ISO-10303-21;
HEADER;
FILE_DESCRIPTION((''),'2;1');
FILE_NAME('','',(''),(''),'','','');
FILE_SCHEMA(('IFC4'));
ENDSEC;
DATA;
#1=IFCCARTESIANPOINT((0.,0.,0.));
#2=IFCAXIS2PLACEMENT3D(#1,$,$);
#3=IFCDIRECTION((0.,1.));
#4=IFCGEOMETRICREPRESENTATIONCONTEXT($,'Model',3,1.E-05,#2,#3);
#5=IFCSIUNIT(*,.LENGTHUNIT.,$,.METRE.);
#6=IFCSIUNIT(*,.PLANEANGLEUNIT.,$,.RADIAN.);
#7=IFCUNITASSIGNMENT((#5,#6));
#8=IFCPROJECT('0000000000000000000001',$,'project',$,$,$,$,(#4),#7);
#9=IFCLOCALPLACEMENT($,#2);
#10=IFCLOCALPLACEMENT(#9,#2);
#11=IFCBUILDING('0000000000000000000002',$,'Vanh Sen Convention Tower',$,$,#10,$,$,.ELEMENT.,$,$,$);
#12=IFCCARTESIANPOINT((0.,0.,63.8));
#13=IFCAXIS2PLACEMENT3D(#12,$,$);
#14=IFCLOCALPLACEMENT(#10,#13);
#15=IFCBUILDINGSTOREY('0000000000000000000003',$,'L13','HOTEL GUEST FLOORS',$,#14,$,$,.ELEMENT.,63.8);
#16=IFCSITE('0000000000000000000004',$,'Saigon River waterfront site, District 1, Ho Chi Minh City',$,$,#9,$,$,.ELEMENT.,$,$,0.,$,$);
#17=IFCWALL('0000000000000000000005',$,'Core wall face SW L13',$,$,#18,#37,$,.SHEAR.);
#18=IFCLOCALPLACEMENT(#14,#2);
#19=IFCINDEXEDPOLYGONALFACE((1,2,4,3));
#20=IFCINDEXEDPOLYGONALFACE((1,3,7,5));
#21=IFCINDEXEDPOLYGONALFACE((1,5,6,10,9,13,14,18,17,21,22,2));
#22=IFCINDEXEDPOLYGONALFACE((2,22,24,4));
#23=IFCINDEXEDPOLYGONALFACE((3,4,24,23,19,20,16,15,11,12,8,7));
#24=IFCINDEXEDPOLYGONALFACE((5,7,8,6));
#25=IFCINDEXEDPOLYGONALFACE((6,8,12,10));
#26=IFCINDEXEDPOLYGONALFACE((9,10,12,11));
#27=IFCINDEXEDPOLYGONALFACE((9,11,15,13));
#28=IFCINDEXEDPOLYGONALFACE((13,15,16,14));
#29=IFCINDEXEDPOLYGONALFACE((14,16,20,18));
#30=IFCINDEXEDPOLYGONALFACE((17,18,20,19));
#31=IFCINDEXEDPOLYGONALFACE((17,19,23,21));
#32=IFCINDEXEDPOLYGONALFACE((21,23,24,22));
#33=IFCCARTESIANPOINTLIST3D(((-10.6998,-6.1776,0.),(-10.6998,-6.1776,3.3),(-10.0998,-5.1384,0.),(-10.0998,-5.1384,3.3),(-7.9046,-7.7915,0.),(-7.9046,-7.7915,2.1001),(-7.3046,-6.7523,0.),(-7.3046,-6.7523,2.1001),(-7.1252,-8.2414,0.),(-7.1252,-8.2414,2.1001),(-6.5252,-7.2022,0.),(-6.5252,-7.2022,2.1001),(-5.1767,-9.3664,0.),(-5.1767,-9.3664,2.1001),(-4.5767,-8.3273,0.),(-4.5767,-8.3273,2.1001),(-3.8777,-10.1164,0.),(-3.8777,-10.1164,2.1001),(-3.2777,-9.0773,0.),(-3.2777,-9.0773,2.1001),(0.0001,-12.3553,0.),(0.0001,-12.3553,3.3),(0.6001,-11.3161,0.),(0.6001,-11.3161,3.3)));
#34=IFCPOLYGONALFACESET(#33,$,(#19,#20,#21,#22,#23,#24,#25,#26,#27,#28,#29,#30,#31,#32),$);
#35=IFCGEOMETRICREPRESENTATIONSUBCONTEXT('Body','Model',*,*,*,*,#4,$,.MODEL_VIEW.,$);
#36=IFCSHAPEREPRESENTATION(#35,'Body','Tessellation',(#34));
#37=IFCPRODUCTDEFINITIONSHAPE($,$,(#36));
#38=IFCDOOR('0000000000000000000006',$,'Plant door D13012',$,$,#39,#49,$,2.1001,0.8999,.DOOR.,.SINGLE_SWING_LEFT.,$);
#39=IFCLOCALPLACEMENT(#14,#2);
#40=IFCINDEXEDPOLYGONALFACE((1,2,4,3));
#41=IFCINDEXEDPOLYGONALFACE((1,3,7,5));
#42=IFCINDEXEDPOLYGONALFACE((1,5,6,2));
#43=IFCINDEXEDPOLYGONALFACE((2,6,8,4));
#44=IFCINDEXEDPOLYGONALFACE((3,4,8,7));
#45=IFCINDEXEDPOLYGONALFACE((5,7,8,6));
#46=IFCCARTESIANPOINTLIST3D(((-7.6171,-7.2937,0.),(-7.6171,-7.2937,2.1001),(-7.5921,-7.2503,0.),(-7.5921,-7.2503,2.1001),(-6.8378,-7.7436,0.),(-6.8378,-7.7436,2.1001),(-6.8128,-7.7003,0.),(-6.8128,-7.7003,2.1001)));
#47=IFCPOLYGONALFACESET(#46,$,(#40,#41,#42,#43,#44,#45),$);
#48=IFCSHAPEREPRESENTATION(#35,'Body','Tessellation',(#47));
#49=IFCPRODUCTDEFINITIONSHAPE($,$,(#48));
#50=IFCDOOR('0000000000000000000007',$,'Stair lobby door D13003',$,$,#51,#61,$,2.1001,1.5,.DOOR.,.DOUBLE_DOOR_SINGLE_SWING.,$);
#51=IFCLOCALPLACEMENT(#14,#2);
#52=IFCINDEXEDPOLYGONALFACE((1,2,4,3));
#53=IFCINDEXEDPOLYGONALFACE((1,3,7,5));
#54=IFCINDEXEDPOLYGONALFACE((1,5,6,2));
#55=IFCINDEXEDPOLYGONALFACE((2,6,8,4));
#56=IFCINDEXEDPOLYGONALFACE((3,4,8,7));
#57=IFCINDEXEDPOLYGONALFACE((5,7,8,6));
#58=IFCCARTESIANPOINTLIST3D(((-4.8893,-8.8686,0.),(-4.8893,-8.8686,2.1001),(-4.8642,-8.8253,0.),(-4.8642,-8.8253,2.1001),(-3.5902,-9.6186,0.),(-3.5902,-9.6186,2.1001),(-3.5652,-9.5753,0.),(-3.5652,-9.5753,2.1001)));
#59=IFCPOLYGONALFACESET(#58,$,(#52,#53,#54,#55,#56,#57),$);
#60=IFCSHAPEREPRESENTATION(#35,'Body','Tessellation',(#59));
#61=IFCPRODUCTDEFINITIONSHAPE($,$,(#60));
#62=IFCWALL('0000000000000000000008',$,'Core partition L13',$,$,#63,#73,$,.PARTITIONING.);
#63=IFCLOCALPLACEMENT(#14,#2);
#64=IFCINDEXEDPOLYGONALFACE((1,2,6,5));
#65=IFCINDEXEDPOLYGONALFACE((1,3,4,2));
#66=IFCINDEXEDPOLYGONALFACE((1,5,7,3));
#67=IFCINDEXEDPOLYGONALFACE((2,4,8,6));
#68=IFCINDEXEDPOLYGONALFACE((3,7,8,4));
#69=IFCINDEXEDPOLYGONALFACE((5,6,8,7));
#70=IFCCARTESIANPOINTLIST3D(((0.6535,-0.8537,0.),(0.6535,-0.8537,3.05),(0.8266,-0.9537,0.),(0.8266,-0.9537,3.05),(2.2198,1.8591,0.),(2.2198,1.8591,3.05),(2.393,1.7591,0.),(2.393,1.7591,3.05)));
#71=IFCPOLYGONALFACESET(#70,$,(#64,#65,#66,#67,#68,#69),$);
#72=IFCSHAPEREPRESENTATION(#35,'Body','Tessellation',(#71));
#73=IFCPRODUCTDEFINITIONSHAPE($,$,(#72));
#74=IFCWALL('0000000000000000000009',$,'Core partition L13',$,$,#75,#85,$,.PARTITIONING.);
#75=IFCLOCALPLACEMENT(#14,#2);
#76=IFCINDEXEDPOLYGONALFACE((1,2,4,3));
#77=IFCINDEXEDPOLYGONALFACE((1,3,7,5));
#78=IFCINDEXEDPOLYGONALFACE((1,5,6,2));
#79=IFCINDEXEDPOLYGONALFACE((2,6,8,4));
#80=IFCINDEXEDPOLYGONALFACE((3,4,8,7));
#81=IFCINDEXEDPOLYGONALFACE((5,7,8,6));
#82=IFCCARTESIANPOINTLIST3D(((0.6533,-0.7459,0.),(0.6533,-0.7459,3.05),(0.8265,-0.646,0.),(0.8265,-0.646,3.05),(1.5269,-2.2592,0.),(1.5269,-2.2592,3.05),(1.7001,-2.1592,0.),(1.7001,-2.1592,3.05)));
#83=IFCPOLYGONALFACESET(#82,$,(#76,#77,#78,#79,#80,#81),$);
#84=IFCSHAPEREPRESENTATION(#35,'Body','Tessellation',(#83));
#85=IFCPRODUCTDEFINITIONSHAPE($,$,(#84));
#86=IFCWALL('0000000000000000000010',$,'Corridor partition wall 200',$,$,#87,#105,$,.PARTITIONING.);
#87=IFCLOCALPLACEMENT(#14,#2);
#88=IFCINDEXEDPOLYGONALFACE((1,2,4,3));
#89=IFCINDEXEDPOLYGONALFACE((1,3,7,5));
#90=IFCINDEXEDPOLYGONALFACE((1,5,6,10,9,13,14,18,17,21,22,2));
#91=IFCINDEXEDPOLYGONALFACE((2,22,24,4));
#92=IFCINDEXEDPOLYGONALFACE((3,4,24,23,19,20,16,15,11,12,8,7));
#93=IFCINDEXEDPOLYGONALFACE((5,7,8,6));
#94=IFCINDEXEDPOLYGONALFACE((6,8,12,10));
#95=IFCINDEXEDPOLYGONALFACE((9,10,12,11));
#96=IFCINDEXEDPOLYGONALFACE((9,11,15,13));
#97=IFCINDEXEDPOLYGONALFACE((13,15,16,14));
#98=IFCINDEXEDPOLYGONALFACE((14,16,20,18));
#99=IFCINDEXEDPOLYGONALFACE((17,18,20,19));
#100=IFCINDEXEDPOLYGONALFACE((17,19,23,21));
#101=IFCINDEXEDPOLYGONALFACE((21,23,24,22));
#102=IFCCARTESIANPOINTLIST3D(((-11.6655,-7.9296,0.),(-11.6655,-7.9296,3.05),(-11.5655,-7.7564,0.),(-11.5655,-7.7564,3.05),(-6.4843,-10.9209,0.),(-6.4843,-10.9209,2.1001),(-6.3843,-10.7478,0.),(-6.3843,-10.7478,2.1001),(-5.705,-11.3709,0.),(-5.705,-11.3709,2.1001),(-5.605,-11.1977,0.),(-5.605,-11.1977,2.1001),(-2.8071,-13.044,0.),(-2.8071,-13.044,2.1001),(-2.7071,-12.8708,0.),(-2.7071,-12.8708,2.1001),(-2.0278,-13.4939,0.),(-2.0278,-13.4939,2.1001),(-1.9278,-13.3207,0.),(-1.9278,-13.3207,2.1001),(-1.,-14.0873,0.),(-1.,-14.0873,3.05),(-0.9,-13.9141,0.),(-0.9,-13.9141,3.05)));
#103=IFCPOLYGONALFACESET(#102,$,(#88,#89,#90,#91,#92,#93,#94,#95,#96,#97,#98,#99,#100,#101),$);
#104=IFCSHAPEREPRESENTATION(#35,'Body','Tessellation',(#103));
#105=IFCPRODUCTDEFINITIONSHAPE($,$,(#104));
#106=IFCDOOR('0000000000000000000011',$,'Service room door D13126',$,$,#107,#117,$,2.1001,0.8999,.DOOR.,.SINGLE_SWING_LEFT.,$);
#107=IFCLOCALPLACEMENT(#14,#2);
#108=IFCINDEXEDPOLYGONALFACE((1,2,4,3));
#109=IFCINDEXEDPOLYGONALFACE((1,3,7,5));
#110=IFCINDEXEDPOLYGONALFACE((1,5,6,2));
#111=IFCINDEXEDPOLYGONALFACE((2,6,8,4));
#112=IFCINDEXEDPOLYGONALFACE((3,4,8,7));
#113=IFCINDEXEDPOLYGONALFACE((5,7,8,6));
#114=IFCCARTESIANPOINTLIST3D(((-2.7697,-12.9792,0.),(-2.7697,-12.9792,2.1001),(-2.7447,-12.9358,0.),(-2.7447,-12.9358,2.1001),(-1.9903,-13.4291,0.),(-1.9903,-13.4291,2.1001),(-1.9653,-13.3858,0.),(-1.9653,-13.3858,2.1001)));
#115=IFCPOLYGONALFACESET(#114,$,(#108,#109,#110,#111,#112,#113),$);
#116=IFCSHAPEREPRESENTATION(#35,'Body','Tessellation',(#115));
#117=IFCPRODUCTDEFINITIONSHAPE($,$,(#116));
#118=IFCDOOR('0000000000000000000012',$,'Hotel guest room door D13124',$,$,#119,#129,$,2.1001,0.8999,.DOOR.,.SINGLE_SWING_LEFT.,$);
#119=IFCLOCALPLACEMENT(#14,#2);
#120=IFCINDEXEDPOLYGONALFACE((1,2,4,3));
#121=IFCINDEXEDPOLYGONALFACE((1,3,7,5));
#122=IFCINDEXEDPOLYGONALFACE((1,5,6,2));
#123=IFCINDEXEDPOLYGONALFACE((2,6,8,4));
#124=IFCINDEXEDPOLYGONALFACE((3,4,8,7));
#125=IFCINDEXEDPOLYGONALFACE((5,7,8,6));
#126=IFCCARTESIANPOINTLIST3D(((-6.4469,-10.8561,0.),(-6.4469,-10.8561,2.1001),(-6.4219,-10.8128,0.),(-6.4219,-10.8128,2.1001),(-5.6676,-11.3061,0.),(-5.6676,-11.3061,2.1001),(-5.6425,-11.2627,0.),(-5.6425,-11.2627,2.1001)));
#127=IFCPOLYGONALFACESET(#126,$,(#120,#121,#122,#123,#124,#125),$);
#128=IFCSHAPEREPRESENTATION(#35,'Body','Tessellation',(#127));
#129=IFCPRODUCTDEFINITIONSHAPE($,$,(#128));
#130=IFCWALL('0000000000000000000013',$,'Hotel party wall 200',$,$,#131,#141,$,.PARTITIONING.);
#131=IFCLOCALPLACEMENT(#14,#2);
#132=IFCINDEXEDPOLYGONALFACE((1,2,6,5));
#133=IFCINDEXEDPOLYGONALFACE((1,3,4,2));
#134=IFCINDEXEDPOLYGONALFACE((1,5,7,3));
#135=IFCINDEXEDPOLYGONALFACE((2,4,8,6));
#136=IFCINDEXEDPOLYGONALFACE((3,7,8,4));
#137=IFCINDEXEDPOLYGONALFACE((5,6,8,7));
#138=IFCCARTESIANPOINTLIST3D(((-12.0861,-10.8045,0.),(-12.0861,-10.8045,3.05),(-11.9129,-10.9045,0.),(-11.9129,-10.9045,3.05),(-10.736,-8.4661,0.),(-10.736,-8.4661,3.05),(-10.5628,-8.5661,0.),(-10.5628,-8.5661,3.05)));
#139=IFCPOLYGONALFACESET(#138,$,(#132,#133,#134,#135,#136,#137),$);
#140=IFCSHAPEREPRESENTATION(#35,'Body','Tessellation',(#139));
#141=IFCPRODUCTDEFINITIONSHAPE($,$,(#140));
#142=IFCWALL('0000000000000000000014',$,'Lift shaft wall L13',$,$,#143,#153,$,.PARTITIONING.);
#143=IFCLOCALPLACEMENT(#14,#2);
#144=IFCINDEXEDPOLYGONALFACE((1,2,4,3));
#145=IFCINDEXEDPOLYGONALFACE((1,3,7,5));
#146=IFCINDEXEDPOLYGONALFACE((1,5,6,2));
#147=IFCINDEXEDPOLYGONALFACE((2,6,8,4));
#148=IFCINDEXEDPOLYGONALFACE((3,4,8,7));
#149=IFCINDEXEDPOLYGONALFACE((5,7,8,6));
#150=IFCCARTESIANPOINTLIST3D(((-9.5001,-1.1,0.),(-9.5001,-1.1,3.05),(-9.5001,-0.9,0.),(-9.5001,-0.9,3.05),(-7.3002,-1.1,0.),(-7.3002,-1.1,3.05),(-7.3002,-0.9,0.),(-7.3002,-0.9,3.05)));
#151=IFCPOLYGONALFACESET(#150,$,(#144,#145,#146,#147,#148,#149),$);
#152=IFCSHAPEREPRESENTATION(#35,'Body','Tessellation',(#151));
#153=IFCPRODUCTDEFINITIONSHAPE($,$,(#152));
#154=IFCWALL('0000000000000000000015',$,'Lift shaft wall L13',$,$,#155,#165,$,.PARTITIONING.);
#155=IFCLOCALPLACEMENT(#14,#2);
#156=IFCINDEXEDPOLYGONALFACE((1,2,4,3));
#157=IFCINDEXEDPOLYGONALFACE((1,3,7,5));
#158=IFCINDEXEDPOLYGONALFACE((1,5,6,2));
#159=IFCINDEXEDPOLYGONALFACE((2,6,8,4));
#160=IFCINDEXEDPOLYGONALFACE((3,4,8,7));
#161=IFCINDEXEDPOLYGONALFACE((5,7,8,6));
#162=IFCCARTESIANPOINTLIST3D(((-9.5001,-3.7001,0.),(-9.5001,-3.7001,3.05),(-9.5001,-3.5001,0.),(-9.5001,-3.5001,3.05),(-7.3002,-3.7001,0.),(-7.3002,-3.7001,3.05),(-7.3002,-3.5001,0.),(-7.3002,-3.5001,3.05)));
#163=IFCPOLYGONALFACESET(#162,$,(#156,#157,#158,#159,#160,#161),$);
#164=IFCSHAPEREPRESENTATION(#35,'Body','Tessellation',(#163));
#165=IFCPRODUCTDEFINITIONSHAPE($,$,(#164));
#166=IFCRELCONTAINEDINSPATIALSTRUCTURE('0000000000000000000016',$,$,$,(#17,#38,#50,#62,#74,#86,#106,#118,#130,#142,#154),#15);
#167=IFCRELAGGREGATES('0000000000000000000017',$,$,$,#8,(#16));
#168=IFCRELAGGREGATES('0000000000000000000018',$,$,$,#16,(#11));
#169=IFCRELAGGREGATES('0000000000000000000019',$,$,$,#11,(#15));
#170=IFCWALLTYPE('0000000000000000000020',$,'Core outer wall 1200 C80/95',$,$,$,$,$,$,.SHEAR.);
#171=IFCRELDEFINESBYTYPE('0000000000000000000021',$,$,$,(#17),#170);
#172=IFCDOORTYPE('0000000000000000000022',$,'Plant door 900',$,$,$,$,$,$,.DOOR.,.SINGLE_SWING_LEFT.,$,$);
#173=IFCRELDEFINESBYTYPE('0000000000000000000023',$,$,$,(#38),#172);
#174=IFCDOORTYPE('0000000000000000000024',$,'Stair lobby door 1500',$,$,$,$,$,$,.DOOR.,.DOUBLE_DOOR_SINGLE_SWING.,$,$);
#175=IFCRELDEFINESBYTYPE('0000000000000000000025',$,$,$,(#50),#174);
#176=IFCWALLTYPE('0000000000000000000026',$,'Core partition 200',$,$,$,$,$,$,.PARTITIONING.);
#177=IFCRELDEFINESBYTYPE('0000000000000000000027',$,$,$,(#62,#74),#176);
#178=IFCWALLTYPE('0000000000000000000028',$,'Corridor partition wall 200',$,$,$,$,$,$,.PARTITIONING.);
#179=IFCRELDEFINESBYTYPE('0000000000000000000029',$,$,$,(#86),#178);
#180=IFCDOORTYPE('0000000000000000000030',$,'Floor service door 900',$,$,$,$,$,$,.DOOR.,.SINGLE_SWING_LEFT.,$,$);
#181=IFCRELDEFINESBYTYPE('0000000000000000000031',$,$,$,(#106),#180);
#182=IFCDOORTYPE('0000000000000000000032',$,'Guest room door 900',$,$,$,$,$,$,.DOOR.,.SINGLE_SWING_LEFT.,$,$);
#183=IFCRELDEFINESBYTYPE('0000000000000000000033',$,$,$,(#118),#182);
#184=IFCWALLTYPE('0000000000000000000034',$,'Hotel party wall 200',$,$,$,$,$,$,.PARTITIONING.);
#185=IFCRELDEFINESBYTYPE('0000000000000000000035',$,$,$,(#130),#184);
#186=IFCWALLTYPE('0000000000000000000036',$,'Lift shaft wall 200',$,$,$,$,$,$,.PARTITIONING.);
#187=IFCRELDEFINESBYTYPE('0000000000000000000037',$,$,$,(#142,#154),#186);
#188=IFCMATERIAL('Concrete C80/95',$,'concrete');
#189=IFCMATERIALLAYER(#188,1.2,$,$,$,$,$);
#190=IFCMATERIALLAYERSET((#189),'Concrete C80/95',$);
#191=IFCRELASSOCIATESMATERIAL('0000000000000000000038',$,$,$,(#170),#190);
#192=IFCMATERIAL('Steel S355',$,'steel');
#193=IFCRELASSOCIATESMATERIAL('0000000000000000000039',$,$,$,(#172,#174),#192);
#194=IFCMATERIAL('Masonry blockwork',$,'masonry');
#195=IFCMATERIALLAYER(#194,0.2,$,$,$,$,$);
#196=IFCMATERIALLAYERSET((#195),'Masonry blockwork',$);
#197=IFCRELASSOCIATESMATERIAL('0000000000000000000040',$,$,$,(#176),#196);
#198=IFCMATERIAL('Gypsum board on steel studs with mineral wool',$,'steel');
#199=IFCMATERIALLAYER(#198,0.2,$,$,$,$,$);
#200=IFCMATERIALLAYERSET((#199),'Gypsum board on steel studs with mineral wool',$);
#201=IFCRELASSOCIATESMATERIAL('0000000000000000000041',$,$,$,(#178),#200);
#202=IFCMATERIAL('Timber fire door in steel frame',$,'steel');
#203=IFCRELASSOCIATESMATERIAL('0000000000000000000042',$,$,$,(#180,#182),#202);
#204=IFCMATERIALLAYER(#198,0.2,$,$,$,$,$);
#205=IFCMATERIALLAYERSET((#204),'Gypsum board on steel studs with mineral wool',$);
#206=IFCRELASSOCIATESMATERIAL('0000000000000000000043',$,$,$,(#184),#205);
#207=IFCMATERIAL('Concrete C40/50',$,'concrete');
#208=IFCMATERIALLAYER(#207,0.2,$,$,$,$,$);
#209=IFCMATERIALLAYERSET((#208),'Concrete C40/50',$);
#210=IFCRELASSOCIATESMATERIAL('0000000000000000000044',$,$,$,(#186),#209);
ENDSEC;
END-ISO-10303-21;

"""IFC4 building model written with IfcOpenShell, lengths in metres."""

from ifc_helpers import new_model, si_unit, direction, frame, frame_2d, origin, place, context, subcontext, project, spatial, rectangle, extrude, material, layer, layer_set, type_object, element, fill, save


model = new_model("IFC4")

# Units and contexts
model_context = context("Model", 3, precision=1e-05, world=origin(), true_north=direction((0.0, 1.0)))
body_context = subcontext(model_context, "Body", "Model", "MODEL_VIEW")
ifc_project = project(units=[si_unit("LENGTHUNIT", "METRE"), si_unit("PLANEANGLEUNIT", "RADIAN")], contexts=[model_context])

# Site, building, storey
site_placement = place(None, origin())
site = spatial("IfcSite", under=ifc_project, at=site_placement, Name="Saigon River waterfront site, District 1, Ho Chi Minh City", CompositionType="ELEMENT", RefElevation=0.0)
building_placement = place(site_placement, origin())
building = spatial("IfcBuilding", under=site, at=building_placement, Name="Vanh Sen Convention Tower", CompositionType="ELEMENT")
storey_placement = place(building_placement, frame((0.0, 0.0, 63.8)))
storey = spatial("IfcBuildingStorey", under=building, at=storey_placement, Name="L13", Description="HOTEL GUEST FLOORS", CompositionType="ELEMENT", Elevation=63.8)

# Shared definitions
ifc_material_1 = material(Name="Concrete C40/50", Category="concrete")

# Wall, openings, doors
ifc_material_2 = material(Name="Concrete C80/95", Category="concrete")
ifc_layer_1 = layer(ifc_material_2, 1.2)
ifc_layer_set_1 = layer_set([ifc_layer_1], Name="Concrete C80/95")
wall_type_1 = type_object("IfcWallType", Name="Core outer wall 1200 C80/95", PredefinedType="SHEAR", material=ifc_layer_set_1)
wall_1_placement = place(storey_placement, frame((-10.3999, -5.658, 0.0), z_axis=(0.0, 0.0, 1.0), x_axis=(0.866021, -0.500007, 0.0)))
wall_1 = element("IfcWall", 1, at=wall_1_placement, inside=storey, type_object=wall_type_1, Name="Core wall face SW L13", PredefinedType="SHEAR", context=body_context, shape_type="SweptSolid", body=[
    extrude(rectangle(XDim=12.3552, YDim=1.2, at=frame_2d((6.1777, 0.0))), origin(), (0.0, 0.0, 1.0), 3.3),
])
opening_1_placement = place(wall_1_placement, frame((6.3777, 0.0, 0.0)))
opening_1 = element("IfcOpeningElement", 2, at=opening_1_placement, cuts=wall_1, PredefinedType="OPENING", context=body_context, shape_type="SweptSolid", body=[
    extrude(rectangle(XDim=1.5, YDim=2.1001, at=frame_2d((0.75, 1.05))), frame((0.0, 0.6099, 0.0), z_axis=(0.0, -1.0, 0.0), x_axis=(1.0, 0.0, 0.0)), (0.0, 0.0, 1.0), 1.22),
])
opening_2_placement = place(wall_1_placement, frame((3.2278, 0.0, 0.0)))
opening_2 = element("IfcOpeningElement", 3, at=opening_2_placement, cuts=wall_1, PredefinedType="OPENING", context=body_context, shape_type="SweptSolid", body=[
    extrude(rectangle(XDim=0.8999, YDim=2.1001, at=frame_2d((0.45, 1.05))), frame((0.0, 0.6099, 0.0), z_axis=(0.0, -1.0, 0.0), x_axis=(1.0, 0.0, 0.0)), (0.0, 0.0, 1.0), 1.22),
])
ifc_material_3 = material(Name="Steel S355", Category="steel")
door_type_1 = type_object("IfcDoorType", Name="Plant door 900", OperationType="SINGLE_SWING_LEFT", PredefinedType="DOOR", material=ifc_material_3)
door_1_placement = place(opening_2_placement, origin())
door_1 = element("IfcDoor", 4, at=door_1_placement, inside=storey, type_object=door_type_1, Name="Plant door D13012", OperationType="SINGLE_SWING_LEFT", OverallHeight=2.1001, OverallWidth=0.8999, PredefinedType="DOOR", context=body_context, shape_type="SweptSolid", body=[
    extrude(rectangle(XDim=0.8999, YDim=2.1001, at=frame_2d((0.45, 1.05))), frame((0.0, 0.0249, 0.0), z_axis=(0.0, -1.0, 0.0), x_axis=(1.0, 0.0, 0.0)), (0.0, 0.0, 1.0), 0.05),
])
fill(opening_2, door_1)
door_type_2 = type_object("IfcDoorType", Name="Stair lobby door 1500", OperationType="DOUBLE_DOOR_SINGLE_SWING", PredefinedType="DOOR", material=ifc_material_3)
door_2_placement = place(opening_1_placement, origin())
door_2 = element("IfcDoor", 5, at=door_2_placement, inside=storey, type_object=door_type_2, Name="Stair lobby door D13003", OperationType="DOUBLE_DOOR_SINGLE_SWING", OverallHeight=2.1001, OverallWidth=1.5, PredefinedType="DOOR", context=body_context, shape_type="SweptSolid", body=[
    extrude(rectangle(XDim=1.5, YDim=2.1001, at=frame_2d((0.75, 1.05))), frame((0.0, 0.0249, 0.0), z_axis=(0.0, -1.0, 0.0), x_axis=(1.0, 0.0, 0.0)), (0.0, 0.0, 1.0), 0.05),
])
fill(opening_1, door_2)

# Walls
ifc_material_4 = material(Name="Masonry blockwork", Category="masonry")
ifc_layer_2 = layer(ifc_material_4, 0.2)
ifc_layer_set_2 = layer_set([ifc_layer_2], Name="Masonry blockwork")
wall_type_2 = type_object("IfcWallType", Name="Core partition 200", PredefinedType="PARTITIONING", material=ifc_layer_set_2)
wall_2_placement = place(storey_placement, frame((0.74, -0.9038, 0.0), z_axis=(0.0, 0.0, 1.0), x_axis=(0.500028, 0.866009, 0.0)))
element("IfcWall", 6, at=wall_2_placement, inside=storey, type_object=wall_type_2, Name="Core partition L13", PredefinedType="PARTITIONING", context=body_context, shape_type="SweptSolid", body=[
    extrude(rectangle(XDim=3.1326, YDim=0.2, at=frame_2d((1.5664, 0.0))), origin(), (0.0, 0.0, 1.0), 3.05),
])
wall_3_placement = place(storey_placement, frame((0.74, -0.696, 0.0), z_axis=(0.0, 0.0, 1.0), x_axis=(0.499956, -0.866051, 0.0)))
element("IfcWall", 7, at=wall_3_placement, inside=storey, type_object=wall_type_2, Name="Core partition L13", PredefinedType="PARTITIONING", context=body_context, shape_type="SweptSolid", body=[
    extrude(rectangle(XDim=1.7473, YDim=0.2, at=frame_2d((0.8735, 0.0))), origin(), (0.0, 0.0, 1.0), 3.05),
])

# Wall, openings, doors
ifc_material_5 = material(Name="Gypsum board on steel studs with mineral wool", Category="steel")
ifc_layer_3 = layer(ifc_material_5, 0.2)
ifc_layer_set_3 = layer_set([ifc_layer_3], Name="Gypsum board on steel studs with mineral wool")
wall_type_3 = type_object("IfcWallType", Name="Corridor partition wall 200", PredefinedType="PARTITIONING", material=ifc_layer_set_3)
wall_4_placement = place(storey_placement, frame((-11.6155, -7.843, 0.0), z_axis=(0.0, 0.0, 1.0), x_axis=(0.866026, -0.499998, 0.0)))
wall_4 = element("IfcWall", 8, at=wall_4_placement, inside=storey, type_object=wall_type_3, Name="Corridor partition wall 200", PredefinedType="PARTITIONING", context=body_context, shape_type="SweptSolid", body=[
    extrude(rectangle(XDim=12.3154, YDim=0.2, at=frame_2d((6.1577, 0.0))), origin(), (0.0, 0.0, 1.0), 3.05),
])
opening_3_placement = place(wall_4_placement, frame((5.9827, 0.0, 0.0)))
opening_3 = element("IfcOpeningElement", 9, at=opening_3_placement, cuts=wall_4, PredefinedType="OPENING", context=body_context, shape_type="SweptSolid", body=[
    extrude(rectangle(XDim=0.8999, YDim=2.1001, at=frame_2d((0.45, 1.05))), frame((0.0, 0.1099, 0.0), z_axis=(0.0, -1.0, 0.0), x_axis=(1.0, 0.0, 0.0)), (0.0, 0.0, 1.0), 0.22),
])
opening_4_placement = place(wall_4_placement, frame((10.2288, 0.0, 0.0)))
opening_4 = element("IfcOpeningElement", 10, at=opening_4_placement, cuts=wall_4, PredefinedType="OPENING", context=body_context, shape_type="SweptSolid", body=[
    extrude(rectangle(XDim=0.8999, YDim=2.1001, at=frame_2d((0.45, 1.05))), frame((0.0, 0.1099, 0.0), z_axis=(0.0, -1.0, 0.0), x_axis=(1.0, 0.0, 0.0)), (0.0, 0.0, 1.0), 0.22),
])
ifc_material_6 = material(Name="Timber fire door in steel frame", Category="steel")
door_type_3 = type_object("IfcDoorType", Name="Floor service door 900", OperationType="SINGLE_SWING_LEFT", PredefinedType="DOOR", material=ifc_material_6)
door_3_placement = place(opening_4_placement, origin())
door_3 = element("IfcDoor", 11, at=door_3_placement, inside=storey, type_object=door_type_3, Name="Service room door D13126", OperationType="SINGLE_SWING_LEFT", OverallHeight=2.1001, OverallWidth=0.8999, PredefinedType="DOOR", context=body_context, shape_type="SweptSolid", body=[
    extrude(rectangle(XDim=0.8999, YDim=2.1001, at=frame_2d((0.45, 1.05))), frame((0.0, 0.0249, 0.0), z_axis=(0.0, -1.0, 0.0), x_axis=(1.0, 0.0, 0.0)), (0.0, 0.0, 1.0), 0.05),
])
fill(opening_4, door_3)
door_type_4 = type_object("IfcDoorType", Name="Guest room door 900", OperationType="SINGLE_SWING_LEFT", PredefinedType="DOOR", material=ifc_material_6)
door_4_placement = place(opening_3_placement, origin())
door_4 = element("IfcDoor", 12, at=door_4_placement, inside=storey, type_object=door_type_4, Name="Hotel guest room door D13124", OperationType="SINGLE_SWING_LEFT", OverallHeight=2.1001, OverallWidth=0.8999, PredefinedType="DOOR", context=body_context, shape_type="SweptSolid", body=[
    extrude(rectangle(XDim=0.8999, YDim=2.1001, at=frame_2d((0.45, 1.05))), frame((0.0, 0.0249, 0.0), z_axis=(0.0, -1.0, 0.0), x_axis=(1.0, 0.0, 0.0)), (0.0, 0.0, 1.0), 0.05),
])
fill(opening_3, door_4)

# Walls
ifc_layer_4 = layer(ifc_material_5, 0.2)
ifc_layer_set_4 = layer_set([ifc_layer_4], Name="Gypsum board on steel studs with mineral wool")
wall_type_4 = type_object("IfcWallType", Name="Hotel party wall 200", PredefinedType="PARTITIONING", material=ifc_layer_set_4)
wall_5_placement = place(storey_placement, frame((-11.9995, -10.8545, 0.0), z_axis=(0.0, 0.0, 1.0), x_axis=(0.500009, 0.86602, 0.0)))
element("IfcWall", 13, at=wall_5_placement, inside=storey, type_object=wall_type_4, Name="Hotel party wall 200", PredefinedType="PARTITIONING", context=body_context, shape_type="SweptSolid", body=[
    extrude(rectangle(XDim=2.7002, YDim=0.2, at=frame_2d((1.3501, 0.0))), origin(), (0.0, 0.0, 1.0), 3.05),
])
ifc_layer_5 = layer(ifc_material_1, 0.2)
ifc_layer_set_5 = layer_set([ifc_layer_5], Name="Concrete C40/50")
wall_type_5 = type_object("IfcWallType", Name="Lift shaft wall 200", PredefinedType="PARTITIONING", material=ifc_layer_set_5)
for number, where, z_axis, x_axis, name in (
    (14, (-7.3, -1.0, 0.0), (0.0, 0.0, 1.0), (-1.0, 0.0, 0.0), "Lift shaft wall L13"),
    (15, (-7.3, -3.6001, 0.0), (0.0, 0.0, 1.0), (-1.0, 0.0, 0.0), "Lift shaft wall L13"),
):
    element("IfcWall", number, at=place(storey_placement, frame(where, z_axis=z_axis, x_axis=x_axis)), inside=storey, type_object=wall_type_5, Name=name, PredefinedType="PARTITIONING", context=body_context, shape_type="SweptSolid", body=[
        extrude(rectangle(XDim=2.2, YDim=0.2, at=frame_2d((1.1001, 0.0))), origin(), (0.0, 0.0, 1.0), 3.05),
    ])

save(model, "model.ifc")
